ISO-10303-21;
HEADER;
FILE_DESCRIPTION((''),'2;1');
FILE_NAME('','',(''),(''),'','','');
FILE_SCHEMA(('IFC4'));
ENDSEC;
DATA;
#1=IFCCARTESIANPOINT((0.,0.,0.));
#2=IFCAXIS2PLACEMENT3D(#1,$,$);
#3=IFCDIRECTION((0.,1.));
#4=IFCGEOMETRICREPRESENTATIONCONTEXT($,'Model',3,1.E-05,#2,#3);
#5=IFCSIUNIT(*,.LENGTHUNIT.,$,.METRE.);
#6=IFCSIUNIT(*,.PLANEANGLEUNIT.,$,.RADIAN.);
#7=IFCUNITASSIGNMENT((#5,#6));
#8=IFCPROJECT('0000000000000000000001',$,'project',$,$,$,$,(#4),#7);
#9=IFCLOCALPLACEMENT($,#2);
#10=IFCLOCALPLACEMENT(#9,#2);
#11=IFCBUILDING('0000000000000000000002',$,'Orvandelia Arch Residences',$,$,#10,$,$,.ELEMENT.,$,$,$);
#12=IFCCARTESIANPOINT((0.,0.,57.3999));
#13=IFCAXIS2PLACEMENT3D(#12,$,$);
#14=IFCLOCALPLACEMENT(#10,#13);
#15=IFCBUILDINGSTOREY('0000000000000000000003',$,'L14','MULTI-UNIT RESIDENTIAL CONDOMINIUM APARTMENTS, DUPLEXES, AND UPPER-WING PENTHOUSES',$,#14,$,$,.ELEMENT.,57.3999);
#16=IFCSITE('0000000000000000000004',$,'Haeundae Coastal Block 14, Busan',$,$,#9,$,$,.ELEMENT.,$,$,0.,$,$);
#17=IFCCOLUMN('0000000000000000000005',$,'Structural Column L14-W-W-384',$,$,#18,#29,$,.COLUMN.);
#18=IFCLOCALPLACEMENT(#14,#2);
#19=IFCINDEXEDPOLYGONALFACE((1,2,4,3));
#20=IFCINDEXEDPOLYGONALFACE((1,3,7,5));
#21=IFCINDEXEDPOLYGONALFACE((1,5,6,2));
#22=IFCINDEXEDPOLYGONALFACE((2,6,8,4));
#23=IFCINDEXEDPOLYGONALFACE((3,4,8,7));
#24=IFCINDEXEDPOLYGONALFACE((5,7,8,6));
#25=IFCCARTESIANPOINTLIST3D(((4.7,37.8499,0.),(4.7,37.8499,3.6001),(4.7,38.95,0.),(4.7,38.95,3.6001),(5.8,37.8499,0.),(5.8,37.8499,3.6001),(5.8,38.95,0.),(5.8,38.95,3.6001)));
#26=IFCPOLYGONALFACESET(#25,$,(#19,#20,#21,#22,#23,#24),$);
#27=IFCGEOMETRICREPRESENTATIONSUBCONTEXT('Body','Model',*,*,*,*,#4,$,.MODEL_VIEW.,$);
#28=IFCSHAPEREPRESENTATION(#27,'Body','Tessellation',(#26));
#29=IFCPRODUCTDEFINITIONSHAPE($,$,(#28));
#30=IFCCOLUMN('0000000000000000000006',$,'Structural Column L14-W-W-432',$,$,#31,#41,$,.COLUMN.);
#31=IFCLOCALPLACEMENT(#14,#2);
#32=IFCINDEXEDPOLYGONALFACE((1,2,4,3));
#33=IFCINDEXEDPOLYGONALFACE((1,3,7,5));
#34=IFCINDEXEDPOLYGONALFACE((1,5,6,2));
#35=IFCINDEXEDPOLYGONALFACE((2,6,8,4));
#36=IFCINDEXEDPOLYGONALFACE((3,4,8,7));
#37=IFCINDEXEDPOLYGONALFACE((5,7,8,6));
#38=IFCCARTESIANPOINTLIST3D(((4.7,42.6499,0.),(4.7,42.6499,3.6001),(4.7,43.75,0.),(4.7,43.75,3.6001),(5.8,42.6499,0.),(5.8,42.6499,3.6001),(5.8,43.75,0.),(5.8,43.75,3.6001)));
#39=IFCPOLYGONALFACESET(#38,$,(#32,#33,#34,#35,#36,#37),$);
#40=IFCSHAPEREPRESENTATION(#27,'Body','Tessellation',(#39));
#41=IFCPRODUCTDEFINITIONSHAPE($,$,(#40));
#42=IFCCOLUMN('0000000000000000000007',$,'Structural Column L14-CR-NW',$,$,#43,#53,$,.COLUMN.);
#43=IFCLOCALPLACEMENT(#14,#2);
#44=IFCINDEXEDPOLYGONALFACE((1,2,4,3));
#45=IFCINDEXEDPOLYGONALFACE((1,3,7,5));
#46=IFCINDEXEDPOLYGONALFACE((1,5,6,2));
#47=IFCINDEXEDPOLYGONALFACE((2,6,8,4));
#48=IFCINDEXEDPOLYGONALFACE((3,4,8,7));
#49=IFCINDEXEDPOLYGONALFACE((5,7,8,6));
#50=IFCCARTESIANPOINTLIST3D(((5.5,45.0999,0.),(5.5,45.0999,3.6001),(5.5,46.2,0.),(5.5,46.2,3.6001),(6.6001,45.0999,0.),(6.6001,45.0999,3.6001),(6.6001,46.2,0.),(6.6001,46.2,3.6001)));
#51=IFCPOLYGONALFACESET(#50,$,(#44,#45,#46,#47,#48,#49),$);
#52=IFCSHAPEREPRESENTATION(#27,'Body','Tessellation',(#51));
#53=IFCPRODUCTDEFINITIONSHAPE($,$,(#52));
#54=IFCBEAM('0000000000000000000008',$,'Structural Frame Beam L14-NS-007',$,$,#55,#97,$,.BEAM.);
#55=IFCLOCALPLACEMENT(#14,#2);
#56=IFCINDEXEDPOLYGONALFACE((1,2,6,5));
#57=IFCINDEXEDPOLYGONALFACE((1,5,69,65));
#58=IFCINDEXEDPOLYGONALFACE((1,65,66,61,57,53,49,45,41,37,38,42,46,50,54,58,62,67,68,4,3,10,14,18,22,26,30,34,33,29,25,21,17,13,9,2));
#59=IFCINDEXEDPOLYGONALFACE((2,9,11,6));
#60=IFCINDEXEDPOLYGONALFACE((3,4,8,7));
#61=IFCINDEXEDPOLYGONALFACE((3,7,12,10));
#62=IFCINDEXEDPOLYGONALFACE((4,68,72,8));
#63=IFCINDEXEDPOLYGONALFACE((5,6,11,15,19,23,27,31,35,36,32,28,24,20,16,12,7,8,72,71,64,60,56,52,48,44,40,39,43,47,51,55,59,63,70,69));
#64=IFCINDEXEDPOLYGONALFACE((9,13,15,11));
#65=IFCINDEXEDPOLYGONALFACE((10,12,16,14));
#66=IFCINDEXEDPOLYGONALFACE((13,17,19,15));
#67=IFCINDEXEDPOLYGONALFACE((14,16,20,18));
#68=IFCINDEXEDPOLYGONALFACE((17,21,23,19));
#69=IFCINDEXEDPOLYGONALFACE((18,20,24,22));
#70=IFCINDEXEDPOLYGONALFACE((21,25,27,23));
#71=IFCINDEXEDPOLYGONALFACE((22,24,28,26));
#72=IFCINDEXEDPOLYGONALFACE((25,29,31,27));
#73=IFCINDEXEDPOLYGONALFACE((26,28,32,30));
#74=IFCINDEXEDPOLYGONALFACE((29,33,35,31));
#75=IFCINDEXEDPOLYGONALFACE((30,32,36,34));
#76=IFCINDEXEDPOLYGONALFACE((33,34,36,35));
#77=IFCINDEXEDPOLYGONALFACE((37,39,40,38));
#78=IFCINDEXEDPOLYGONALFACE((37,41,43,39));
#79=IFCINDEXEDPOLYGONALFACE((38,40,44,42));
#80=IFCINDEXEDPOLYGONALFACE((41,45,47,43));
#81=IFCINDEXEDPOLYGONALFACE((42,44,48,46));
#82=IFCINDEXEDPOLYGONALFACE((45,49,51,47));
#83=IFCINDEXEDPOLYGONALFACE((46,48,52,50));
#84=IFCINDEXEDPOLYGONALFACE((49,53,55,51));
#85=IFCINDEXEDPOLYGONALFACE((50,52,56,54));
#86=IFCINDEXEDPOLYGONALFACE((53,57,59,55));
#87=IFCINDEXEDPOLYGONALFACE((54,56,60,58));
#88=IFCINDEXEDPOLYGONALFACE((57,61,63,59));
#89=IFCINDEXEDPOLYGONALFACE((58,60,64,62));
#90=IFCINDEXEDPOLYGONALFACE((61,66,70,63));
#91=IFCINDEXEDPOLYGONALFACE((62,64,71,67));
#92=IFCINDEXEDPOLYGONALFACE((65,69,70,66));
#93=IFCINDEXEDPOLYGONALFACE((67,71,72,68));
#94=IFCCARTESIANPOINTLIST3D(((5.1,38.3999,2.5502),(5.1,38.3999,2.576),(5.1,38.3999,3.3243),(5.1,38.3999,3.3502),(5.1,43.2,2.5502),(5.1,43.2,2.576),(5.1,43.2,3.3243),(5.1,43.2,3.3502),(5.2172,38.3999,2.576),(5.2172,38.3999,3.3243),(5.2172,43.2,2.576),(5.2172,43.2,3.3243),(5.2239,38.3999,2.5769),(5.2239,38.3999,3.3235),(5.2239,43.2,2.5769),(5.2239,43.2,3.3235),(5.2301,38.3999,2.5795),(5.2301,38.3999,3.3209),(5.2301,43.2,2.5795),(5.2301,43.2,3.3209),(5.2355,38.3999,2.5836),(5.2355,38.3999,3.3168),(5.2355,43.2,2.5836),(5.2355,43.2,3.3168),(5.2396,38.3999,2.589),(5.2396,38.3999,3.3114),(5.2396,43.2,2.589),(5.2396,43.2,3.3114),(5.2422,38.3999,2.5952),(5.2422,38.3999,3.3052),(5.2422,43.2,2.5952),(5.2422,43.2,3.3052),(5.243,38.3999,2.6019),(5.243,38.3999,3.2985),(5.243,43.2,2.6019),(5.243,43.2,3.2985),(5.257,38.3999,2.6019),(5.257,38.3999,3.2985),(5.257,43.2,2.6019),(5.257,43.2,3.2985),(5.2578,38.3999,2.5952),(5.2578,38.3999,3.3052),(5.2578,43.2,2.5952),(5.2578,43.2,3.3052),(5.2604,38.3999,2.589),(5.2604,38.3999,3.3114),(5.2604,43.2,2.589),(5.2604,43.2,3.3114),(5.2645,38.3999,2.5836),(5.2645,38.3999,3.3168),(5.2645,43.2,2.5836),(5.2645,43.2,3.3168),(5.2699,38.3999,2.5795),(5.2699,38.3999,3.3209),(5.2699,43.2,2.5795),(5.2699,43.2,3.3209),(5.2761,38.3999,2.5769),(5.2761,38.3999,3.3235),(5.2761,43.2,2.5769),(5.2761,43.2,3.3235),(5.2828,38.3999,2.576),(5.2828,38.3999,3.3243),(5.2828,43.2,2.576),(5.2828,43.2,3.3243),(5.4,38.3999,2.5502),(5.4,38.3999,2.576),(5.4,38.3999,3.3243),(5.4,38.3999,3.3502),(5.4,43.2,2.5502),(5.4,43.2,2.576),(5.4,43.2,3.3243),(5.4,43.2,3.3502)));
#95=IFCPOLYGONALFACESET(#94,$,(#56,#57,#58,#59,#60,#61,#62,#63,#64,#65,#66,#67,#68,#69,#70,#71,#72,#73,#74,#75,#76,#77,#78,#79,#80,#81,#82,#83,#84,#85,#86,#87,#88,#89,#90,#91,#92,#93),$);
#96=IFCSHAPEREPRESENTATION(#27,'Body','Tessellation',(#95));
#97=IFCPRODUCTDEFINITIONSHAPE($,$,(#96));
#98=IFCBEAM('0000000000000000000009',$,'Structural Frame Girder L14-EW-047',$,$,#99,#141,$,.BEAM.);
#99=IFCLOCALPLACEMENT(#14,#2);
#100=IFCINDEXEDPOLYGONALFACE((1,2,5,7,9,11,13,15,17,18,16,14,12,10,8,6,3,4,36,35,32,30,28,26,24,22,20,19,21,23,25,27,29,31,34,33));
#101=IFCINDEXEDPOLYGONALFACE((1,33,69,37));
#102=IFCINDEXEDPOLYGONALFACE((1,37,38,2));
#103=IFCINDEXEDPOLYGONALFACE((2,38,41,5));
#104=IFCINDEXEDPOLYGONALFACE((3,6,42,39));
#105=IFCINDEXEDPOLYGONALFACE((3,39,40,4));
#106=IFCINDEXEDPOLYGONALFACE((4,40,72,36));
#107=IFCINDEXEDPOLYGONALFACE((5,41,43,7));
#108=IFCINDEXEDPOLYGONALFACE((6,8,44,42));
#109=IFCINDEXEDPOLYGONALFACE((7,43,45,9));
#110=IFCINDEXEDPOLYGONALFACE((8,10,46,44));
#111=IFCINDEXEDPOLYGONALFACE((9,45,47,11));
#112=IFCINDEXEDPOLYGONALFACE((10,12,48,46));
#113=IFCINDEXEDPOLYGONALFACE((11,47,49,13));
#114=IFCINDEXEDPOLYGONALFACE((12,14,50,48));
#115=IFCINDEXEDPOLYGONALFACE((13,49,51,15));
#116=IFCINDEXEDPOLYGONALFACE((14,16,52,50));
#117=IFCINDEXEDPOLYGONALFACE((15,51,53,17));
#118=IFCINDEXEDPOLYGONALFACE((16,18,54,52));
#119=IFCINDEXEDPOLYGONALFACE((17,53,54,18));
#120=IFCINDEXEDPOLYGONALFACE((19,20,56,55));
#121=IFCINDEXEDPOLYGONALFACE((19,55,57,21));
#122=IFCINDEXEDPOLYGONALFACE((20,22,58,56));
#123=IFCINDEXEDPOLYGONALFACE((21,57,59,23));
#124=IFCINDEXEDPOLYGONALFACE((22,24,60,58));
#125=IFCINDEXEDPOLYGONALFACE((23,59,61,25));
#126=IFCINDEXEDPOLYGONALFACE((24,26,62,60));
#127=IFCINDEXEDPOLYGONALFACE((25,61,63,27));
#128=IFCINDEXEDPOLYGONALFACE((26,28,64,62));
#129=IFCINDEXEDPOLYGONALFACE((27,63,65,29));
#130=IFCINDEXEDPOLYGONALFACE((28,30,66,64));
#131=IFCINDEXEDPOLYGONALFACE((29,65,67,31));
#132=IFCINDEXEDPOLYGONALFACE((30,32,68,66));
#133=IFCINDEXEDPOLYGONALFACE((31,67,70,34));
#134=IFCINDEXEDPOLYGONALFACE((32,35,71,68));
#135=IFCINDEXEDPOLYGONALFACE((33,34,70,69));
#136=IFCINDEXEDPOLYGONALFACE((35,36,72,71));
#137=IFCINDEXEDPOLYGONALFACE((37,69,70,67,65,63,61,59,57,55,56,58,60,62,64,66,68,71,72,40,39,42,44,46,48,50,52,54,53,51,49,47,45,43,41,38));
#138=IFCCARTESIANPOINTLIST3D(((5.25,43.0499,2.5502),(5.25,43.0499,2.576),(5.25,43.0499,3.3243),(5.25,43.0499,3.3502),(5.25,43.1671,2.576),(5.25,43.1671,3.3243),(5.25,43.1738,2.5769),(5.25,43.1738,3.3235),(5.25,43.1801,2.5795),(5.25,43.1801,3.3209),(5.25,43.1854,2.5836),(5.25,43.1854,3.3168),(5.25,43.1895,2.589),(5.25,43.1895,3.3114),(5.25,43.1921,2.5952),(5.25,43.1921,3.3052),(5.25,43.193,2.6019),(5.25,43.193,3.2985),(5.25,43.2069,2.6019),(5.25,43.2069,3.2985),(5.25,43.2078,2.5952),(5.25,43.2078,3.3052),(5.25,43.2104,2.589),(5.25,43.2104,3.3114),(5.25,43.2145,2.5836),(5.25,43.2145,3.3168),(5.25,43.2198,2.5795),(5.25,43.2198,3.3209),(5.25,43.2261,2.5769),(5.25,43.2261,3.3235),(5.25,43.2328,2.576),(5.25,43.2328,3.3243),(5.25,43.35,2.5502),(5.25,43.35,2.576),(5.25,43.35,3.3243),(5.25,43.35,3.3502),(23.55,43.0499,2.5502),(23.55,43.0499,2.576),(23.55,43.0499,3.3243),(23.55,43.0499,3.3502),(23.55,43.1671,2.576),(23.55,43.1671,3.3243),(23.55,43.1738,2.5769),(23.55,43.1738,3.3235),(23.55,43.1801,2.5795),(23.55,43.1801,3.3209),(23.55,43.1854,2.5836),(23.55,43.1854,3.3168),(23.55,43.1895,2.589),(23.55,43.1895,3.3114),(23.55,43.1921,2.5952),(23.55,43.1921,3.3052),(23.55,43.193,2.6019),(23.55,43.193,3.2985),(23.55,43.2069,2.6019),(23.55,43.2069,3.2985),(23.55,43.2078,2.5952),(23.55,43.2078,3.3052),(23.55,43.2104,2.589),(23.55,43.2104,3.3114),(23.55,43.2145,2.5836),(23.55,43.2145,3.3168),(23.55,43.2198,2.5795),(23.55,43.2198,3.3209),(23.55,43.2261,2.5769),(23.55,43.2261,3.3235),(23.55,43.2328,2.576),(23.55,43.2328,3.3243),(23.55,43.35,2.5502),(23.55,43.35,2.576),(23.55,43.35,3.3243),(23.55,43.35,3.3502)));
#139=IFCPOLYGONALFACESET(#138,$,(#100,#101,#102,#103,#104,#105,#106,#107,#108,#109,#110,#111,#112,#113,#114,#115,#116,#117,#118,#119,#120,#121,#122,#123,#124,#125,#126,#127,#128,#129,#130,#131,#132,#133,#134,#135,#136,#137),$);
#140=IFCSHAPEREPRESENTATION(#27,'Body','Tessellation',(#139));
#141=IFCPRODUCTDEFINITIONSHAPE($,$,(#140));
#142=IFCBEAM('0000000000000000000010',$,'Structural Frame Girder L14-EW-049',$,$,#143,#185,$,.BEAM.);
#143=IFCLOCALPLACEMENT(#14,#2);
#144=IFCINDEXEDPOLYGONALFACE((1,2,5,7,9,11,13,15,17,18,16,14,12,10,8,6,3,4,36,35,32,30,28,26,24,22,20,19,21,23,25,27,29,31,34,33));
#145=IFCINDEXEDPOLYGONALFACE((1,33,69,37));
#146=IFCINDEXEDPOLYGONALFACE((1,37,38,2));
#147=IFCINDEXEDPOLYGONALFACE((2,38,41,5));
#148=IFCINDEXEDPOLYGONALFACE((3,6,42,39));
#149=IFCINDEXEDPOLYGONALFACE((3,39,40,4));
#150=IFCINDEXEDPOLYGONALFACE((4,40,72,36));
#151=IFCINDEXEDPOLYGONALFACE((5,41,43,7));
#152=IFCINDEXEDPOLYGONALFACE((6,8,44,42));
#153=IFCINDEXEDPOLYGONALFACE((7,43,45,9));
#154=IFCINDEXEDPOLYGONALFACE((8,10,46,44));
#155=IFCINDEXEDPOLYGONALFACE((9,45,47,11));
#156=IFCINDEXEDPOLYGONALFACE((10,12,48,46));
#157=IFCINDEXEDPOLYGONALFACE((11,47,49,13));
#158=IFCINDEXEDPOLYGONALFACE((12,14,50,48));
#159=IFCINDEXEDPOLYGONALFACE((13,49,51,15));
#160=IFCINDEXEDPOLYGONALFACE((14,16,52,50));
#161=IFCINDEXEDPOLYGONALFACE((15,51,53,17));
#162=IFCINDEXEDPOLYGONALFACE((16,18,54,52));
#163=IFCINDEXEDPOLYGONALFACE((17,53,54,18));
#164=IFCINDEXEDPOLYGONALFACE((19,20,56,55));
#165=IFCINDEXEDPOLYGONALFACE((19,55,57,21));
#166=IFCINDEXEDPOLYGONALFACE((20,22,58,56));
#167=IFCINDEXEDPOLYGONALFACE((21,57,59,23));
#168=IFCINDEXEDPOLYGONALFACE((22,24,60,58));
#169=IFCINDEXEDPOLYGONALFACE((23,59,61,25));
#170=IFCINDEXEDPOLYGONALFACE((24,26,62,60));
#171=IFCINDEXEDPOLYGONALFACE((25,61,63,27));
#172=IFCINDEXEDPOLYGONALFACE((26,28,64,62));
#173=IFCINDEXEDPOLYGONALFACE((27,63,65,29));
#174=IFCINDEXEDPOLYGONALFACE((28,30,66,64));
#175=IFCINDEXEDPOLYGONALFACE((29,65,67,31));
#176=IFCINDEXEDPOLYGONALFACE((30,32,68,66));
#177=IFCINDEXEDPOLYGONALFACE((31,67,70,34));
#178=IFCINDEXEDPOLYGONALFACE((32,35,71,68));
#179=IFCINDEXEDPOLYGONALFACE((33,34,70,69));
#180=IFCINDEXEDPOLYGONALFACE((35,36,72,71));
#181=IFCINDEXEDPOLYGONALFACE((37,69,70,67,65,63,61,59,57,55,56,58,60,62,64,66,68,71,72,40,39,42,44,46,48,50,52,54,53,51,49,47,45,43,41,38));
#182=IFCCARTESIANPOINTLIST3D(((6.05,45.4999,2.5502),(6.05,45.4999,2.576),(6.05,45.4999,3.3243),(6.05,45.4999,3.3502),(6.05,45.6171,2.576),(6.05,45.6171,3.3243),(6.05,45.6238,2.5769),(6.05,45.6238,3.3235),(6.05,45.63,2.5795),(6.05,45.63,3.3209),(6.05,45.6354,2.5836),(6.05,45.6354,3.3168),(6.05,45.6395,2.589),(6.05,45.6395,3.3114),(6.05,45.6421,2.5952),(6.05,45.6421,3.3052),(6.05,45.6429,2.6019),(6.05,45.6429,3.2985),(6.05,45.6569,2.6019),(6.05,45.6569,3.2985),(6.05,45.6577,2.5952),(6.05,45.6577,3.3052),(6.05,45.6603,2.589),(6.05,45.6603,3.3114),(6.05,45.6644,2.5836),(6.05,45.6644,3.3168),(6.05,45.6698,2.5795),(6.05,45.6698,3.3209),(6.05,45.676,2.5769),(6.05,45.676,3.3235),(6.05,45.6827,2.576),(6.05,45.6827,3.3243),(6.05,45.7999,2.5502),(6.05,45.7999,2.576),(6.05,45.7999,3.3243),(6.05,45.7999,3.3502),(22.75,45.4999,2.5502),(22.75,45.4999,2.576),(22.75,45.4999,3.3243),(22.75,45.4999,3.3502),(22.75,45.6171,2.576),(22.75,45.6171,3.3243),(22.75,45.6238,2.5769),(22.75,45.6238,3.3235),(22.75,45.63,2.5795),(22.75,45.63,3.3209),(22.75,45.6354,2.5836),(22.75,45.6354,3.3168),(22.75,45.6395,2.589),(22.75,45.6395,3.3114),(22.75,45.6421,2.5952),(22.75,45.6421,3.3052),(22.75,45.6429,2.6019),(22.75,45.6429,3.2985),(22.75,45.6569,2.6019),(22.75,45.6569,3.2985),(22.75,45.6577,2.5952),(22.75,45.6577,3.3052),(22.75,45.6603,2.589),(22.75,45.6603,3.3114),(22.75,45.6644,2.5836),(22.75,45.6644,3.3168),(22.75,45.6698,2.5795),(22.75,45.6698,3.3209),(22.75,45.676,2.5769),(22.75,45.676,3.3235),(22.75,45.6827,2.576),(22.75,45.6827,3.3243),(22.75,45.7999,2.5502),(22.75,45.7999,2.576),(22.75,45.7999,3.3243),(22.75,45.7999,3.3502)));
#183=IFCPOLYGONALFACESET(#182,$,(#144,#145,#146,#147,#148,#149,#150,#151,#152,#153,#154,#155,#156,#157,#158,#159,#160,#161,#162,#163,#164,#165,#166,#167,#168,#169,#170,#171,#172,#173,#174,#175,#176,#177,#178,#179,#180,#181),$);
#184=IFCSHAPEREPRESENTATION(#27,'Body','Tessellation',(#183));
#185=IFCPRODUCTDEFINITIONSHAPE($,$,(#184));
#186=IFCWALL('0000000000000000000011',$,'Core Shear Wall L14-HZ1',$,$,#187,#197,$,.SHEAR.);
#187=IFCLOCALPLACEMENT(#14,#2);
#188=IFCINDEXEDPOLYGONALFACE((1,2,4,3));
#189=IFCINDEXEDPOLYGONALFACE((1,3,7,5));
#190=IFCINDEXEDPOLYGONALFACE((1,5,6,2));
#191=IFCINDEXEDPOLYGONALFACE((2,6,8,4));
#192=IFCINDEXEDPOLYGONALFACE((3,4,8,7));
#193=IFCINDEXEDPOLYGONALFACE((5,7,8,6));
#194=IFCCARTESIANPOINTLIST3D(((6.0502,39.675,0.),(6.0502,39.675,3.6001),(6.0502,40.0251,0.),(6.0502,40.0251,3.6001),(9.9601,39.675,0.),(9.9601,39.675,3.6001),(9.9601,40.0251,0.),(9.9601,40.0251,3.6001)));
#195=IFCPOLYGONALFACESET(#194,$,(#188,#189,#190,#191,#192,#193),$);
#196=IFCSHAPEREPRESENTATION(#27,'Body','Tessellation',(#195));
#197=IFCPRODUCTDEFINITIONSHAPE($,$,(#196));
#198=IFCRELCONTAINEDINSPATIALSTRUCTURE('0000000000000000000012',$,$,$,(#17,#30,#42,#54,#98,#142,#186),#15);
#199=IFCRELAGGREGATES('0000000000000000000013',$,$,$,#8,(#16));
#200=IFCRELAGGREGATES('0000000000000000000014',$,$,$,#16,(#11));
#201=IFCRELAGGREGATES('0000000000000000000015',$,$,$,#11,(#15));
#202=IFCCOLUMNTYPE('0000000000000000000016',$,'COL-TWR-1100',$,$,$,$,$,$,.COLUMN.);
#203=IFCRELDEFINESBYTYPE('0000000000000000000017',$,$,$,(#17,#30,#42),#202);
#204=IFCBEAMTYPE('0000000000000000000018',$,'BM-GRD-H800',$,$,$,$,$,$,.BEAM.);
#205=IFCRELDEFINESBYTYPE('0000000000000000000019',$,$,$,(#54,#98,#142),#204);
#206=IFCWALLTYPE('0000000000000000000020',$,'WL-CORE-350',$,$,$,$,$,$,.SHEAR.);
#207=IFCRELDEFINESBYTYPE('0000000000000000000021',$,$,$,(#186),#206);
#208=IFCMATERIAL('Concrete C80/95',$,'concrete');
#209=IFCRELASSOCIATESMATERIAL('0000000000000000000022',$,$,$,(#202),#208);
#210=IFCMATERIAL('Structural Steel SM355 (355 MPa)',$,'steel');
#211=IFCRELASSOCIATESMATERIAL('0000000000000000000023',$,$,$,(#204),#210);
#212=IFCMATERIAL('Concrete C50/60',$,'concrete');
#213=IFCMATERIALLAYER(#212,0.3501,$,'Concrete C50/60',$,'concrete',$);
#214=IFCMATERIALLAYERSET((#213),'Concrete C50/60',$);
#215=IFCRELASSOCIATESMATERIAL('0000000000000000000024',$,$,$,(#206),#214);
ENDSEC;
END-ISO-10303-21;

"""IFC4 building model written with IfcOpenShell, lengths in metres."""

from ifc_helpers import new_model, si_unit, direction, frame, frame_2d, origin, origin_2d, place, context, subcontext, project, spatial, rectangle, i_section, extrude, material, layer, layer_set, material_profile, profile_set, type_object, element, save


model = new_model("IFC4")

# Units and contexts
model_context = context("Model", 3, precision=1e-05, world=origin(), true_north=direction((0.0, 1.0)))
body_context = subcontext(model_context, "Body", "Model", "MODEL_VIEW")
ifc_project = project(units=[si_unit("LENGTHUNIT", "METRE"), si_unit("PLANEANGLEUNIT", "RADIAN")], contexts=[model_context])

# Site, building, storey
site_placement = place(None, origin())
site = spatial("IfcSite", under=ifc_project, at=site_placement, Name="Haeundae Coastal Block 14, Busan", CompositionType="ELEMENT", RefElevation=0.0)
building_placement = place(site_placement, origin())
building = spatial("IfcBuilding", under=site, at=building_placement, Name="Orvandelia Arch Residences", CompositionType="ELEMENT")
storey_placement = place(building_placement, frame((0.0, 0.0, 57.3999)))
storey = spatial("IfcBuildingStorey", under=building, at=storey_placement, Name="L14", Description="MULTI-UNIT RESIDENTIAL CONDOMINIUM APARTMENTS, DUPLEXES, AND UPPER-WING PENTHOUSES", CompositionType="ELEMENT", Elevation=57.3999)

# Columns
ifc_material_1 = material(Name="Concrete C80/95", Category="concrete")
ifc_material_profile_1 = material_profile(ifc_material_1, rectangle(XDim=1.1001, YDim=1.1001, at=origin_2d()), Name="Concrete C80/95", Category="concrete")
ifc_profile_set_1 = profile_set([ifc_material_profile_1], Name="Concrete C80/95")
column_type = type_object("IfcColumnType", Name="COL-TWR-1100", PredefinedType="COLUMN", material=ifc_profile_set_1)
for number, where, z_axis, x_axis, name in (
    (1, (5.25, 38.3999, 0.0), (0.0, 0.0, 1.0), (1.0, 0.0, 0.0), "Structural Column L14-W-W-384"),
    (2, (5.25, 43.2, 0.0), (0.0, 0.0, 1.0), (1.0, 0.0, 0.0), "Structural Column L14-W-W-432"),
    (3, (6.05, 45.6499, 0.0), (0.0, 0.0, 1.0), (1.0, 0.0, 0.0), "Structural Column L14-CR-NW"),
):
    element("IfcColumn", number, at=place(storey_placement, frame(where, z_axis=z_axis, x_axis=x_axis)), inside=storey, type_object=column_type, Name=name, PredefinedType="COLUMN", context=body_context, shape_type="SweptSolid", body=[
        extrude(rectangle(XDim=1.1001, YDim=1.1001, at=origin_2d()), origin(), (0.0, 0.0, 1.0), 3.6001),
    ])

# Beams
ifc_material_2 = material(Name="Structural Steel SM355 (355 MPa)", Category="steel")
ifc_material_profile_2 = material_profile(ifc_material_2, i_section(OverallWidth=0.3, OverallDepth=0.8, WebThickness=0.0139, FlangeThickness=0.0259, FilletRadius=0.0259, at=origin_2d()), Name="Structural Steel SM355 (355 MPa)", Category="steel")
ifc_profile_set_2 = profile_set([ifc_material_profile_2], Name="Structural Steel SM355 (355 MPa)")
beam_type = type_object("IfcBeamType", Name="BM-GRD-H800", PredefinedType="BEAM", material=ifc_profile_set_2)
beam_1_placement = place(storey_placement, frame((5.25, 38.3999, 2.9502), z_axis=(0.0, 1.0, 0.0), x_axis=(-1.0, 0.0, 0.0)))
element("IfcBeam", 4, at=beam_1_placement, inside=storey, type_object=beam_type, Name="Structural Frame Beam L14-NS-007", PredefinedType="BEAM", context=body_context, shape_type="SweptSolid", body=[
    extrude(i_section(OverallWidth=0.3, OverallDepth=0.8, WebThickness=0.0139, FlangeThickness=0.0259, FilletRadius=0.0259, at=origin_2d()), origin(), (0.0, 0.0, 1.0), 4.8),
])
beam_2_placement = place(storey_placement, frame((5.25, 43.2, 2.9502), z_axis=(1.0, 0.0, 0.0), x_axis=(0.0, 1.0, 0.0)))
element("IfcBeam", 5, at=beam_2_placement, inside=storey, type_object=beam_type, Name="Structural Frame Girder L14-EW-047", PredefinedType="BEAM", context=body_context, shape_type="SweptSolid", body=[
    extrude(i_section(OverallWidth=0.3, OverallDepth=0.8, WebThickness=0.0139, FlangeThickness=0.0259, FilletRadius=0.0259, at=origin_2d()), origin(), (0.0, 0.0, 1.0), 18.3),
])
beam_3_placement = place(storey_placement, frame((6.05, 45.6499, 2.9502), z_axis=(1.0, 0.0, 0.0), x_axis=(0.0, 1.0, 0.0)))
element("IfcBeam", 6, at=beam_3_placement, inside=storey, type_object=beam_type, Name="Structural Frame Girder L14-EW-049", PredefinedType="BEAM", context=body_context, shape_type="SweptSolid", body=[
    extrude(i_section(OverallWidth=0.3, OverallDepth=0.8, WebThickness=0.0139, FlangeThickness=0.0259, FilletRadius=0.0259, at=origin_2d()), origin(), (0.0, 0.0, 1.0), 16.7),
])

# Wall
ifc_material_3 = material(Name="Concrete C50/60", Category="concrete")
ifc_layer_1 = layer(ifc_material_3, 0.3501, Name="Concrete C50/60", Category="concrete")
ifc_layer_set_1 = layer_set([ifc_layer_1], Name="Concrete C50/60")
wall_type_1 = type_object("IfcWallType", Name="WL-CORE-350", PredefinedType="SHEAR", material=ifc_layer_set_1)
wall_1_placement = place(storey_placement, frame((6.05, 39.8501, 0.0), z_axis=(0.0, 0.0, 1.0), x_axis=(1.0, 0.0, 0.0)))
element("IfcWall", 7, at=wall_1_placement, inside=storey, type_object=wall_type_1, Name="Core Shear Wall L14-HZ1", PredefinedType="SHEAR", context=body_context, shape_type="SweptSolid", body=[
    extrude(rectangle(XDim=3.9099, YDim=0.3501, at=frame_2d((1.9551, 0.0))), origin(), (0.0, 0.0, 1.0), 3.6001),
])

save(model, "model.ifc")
